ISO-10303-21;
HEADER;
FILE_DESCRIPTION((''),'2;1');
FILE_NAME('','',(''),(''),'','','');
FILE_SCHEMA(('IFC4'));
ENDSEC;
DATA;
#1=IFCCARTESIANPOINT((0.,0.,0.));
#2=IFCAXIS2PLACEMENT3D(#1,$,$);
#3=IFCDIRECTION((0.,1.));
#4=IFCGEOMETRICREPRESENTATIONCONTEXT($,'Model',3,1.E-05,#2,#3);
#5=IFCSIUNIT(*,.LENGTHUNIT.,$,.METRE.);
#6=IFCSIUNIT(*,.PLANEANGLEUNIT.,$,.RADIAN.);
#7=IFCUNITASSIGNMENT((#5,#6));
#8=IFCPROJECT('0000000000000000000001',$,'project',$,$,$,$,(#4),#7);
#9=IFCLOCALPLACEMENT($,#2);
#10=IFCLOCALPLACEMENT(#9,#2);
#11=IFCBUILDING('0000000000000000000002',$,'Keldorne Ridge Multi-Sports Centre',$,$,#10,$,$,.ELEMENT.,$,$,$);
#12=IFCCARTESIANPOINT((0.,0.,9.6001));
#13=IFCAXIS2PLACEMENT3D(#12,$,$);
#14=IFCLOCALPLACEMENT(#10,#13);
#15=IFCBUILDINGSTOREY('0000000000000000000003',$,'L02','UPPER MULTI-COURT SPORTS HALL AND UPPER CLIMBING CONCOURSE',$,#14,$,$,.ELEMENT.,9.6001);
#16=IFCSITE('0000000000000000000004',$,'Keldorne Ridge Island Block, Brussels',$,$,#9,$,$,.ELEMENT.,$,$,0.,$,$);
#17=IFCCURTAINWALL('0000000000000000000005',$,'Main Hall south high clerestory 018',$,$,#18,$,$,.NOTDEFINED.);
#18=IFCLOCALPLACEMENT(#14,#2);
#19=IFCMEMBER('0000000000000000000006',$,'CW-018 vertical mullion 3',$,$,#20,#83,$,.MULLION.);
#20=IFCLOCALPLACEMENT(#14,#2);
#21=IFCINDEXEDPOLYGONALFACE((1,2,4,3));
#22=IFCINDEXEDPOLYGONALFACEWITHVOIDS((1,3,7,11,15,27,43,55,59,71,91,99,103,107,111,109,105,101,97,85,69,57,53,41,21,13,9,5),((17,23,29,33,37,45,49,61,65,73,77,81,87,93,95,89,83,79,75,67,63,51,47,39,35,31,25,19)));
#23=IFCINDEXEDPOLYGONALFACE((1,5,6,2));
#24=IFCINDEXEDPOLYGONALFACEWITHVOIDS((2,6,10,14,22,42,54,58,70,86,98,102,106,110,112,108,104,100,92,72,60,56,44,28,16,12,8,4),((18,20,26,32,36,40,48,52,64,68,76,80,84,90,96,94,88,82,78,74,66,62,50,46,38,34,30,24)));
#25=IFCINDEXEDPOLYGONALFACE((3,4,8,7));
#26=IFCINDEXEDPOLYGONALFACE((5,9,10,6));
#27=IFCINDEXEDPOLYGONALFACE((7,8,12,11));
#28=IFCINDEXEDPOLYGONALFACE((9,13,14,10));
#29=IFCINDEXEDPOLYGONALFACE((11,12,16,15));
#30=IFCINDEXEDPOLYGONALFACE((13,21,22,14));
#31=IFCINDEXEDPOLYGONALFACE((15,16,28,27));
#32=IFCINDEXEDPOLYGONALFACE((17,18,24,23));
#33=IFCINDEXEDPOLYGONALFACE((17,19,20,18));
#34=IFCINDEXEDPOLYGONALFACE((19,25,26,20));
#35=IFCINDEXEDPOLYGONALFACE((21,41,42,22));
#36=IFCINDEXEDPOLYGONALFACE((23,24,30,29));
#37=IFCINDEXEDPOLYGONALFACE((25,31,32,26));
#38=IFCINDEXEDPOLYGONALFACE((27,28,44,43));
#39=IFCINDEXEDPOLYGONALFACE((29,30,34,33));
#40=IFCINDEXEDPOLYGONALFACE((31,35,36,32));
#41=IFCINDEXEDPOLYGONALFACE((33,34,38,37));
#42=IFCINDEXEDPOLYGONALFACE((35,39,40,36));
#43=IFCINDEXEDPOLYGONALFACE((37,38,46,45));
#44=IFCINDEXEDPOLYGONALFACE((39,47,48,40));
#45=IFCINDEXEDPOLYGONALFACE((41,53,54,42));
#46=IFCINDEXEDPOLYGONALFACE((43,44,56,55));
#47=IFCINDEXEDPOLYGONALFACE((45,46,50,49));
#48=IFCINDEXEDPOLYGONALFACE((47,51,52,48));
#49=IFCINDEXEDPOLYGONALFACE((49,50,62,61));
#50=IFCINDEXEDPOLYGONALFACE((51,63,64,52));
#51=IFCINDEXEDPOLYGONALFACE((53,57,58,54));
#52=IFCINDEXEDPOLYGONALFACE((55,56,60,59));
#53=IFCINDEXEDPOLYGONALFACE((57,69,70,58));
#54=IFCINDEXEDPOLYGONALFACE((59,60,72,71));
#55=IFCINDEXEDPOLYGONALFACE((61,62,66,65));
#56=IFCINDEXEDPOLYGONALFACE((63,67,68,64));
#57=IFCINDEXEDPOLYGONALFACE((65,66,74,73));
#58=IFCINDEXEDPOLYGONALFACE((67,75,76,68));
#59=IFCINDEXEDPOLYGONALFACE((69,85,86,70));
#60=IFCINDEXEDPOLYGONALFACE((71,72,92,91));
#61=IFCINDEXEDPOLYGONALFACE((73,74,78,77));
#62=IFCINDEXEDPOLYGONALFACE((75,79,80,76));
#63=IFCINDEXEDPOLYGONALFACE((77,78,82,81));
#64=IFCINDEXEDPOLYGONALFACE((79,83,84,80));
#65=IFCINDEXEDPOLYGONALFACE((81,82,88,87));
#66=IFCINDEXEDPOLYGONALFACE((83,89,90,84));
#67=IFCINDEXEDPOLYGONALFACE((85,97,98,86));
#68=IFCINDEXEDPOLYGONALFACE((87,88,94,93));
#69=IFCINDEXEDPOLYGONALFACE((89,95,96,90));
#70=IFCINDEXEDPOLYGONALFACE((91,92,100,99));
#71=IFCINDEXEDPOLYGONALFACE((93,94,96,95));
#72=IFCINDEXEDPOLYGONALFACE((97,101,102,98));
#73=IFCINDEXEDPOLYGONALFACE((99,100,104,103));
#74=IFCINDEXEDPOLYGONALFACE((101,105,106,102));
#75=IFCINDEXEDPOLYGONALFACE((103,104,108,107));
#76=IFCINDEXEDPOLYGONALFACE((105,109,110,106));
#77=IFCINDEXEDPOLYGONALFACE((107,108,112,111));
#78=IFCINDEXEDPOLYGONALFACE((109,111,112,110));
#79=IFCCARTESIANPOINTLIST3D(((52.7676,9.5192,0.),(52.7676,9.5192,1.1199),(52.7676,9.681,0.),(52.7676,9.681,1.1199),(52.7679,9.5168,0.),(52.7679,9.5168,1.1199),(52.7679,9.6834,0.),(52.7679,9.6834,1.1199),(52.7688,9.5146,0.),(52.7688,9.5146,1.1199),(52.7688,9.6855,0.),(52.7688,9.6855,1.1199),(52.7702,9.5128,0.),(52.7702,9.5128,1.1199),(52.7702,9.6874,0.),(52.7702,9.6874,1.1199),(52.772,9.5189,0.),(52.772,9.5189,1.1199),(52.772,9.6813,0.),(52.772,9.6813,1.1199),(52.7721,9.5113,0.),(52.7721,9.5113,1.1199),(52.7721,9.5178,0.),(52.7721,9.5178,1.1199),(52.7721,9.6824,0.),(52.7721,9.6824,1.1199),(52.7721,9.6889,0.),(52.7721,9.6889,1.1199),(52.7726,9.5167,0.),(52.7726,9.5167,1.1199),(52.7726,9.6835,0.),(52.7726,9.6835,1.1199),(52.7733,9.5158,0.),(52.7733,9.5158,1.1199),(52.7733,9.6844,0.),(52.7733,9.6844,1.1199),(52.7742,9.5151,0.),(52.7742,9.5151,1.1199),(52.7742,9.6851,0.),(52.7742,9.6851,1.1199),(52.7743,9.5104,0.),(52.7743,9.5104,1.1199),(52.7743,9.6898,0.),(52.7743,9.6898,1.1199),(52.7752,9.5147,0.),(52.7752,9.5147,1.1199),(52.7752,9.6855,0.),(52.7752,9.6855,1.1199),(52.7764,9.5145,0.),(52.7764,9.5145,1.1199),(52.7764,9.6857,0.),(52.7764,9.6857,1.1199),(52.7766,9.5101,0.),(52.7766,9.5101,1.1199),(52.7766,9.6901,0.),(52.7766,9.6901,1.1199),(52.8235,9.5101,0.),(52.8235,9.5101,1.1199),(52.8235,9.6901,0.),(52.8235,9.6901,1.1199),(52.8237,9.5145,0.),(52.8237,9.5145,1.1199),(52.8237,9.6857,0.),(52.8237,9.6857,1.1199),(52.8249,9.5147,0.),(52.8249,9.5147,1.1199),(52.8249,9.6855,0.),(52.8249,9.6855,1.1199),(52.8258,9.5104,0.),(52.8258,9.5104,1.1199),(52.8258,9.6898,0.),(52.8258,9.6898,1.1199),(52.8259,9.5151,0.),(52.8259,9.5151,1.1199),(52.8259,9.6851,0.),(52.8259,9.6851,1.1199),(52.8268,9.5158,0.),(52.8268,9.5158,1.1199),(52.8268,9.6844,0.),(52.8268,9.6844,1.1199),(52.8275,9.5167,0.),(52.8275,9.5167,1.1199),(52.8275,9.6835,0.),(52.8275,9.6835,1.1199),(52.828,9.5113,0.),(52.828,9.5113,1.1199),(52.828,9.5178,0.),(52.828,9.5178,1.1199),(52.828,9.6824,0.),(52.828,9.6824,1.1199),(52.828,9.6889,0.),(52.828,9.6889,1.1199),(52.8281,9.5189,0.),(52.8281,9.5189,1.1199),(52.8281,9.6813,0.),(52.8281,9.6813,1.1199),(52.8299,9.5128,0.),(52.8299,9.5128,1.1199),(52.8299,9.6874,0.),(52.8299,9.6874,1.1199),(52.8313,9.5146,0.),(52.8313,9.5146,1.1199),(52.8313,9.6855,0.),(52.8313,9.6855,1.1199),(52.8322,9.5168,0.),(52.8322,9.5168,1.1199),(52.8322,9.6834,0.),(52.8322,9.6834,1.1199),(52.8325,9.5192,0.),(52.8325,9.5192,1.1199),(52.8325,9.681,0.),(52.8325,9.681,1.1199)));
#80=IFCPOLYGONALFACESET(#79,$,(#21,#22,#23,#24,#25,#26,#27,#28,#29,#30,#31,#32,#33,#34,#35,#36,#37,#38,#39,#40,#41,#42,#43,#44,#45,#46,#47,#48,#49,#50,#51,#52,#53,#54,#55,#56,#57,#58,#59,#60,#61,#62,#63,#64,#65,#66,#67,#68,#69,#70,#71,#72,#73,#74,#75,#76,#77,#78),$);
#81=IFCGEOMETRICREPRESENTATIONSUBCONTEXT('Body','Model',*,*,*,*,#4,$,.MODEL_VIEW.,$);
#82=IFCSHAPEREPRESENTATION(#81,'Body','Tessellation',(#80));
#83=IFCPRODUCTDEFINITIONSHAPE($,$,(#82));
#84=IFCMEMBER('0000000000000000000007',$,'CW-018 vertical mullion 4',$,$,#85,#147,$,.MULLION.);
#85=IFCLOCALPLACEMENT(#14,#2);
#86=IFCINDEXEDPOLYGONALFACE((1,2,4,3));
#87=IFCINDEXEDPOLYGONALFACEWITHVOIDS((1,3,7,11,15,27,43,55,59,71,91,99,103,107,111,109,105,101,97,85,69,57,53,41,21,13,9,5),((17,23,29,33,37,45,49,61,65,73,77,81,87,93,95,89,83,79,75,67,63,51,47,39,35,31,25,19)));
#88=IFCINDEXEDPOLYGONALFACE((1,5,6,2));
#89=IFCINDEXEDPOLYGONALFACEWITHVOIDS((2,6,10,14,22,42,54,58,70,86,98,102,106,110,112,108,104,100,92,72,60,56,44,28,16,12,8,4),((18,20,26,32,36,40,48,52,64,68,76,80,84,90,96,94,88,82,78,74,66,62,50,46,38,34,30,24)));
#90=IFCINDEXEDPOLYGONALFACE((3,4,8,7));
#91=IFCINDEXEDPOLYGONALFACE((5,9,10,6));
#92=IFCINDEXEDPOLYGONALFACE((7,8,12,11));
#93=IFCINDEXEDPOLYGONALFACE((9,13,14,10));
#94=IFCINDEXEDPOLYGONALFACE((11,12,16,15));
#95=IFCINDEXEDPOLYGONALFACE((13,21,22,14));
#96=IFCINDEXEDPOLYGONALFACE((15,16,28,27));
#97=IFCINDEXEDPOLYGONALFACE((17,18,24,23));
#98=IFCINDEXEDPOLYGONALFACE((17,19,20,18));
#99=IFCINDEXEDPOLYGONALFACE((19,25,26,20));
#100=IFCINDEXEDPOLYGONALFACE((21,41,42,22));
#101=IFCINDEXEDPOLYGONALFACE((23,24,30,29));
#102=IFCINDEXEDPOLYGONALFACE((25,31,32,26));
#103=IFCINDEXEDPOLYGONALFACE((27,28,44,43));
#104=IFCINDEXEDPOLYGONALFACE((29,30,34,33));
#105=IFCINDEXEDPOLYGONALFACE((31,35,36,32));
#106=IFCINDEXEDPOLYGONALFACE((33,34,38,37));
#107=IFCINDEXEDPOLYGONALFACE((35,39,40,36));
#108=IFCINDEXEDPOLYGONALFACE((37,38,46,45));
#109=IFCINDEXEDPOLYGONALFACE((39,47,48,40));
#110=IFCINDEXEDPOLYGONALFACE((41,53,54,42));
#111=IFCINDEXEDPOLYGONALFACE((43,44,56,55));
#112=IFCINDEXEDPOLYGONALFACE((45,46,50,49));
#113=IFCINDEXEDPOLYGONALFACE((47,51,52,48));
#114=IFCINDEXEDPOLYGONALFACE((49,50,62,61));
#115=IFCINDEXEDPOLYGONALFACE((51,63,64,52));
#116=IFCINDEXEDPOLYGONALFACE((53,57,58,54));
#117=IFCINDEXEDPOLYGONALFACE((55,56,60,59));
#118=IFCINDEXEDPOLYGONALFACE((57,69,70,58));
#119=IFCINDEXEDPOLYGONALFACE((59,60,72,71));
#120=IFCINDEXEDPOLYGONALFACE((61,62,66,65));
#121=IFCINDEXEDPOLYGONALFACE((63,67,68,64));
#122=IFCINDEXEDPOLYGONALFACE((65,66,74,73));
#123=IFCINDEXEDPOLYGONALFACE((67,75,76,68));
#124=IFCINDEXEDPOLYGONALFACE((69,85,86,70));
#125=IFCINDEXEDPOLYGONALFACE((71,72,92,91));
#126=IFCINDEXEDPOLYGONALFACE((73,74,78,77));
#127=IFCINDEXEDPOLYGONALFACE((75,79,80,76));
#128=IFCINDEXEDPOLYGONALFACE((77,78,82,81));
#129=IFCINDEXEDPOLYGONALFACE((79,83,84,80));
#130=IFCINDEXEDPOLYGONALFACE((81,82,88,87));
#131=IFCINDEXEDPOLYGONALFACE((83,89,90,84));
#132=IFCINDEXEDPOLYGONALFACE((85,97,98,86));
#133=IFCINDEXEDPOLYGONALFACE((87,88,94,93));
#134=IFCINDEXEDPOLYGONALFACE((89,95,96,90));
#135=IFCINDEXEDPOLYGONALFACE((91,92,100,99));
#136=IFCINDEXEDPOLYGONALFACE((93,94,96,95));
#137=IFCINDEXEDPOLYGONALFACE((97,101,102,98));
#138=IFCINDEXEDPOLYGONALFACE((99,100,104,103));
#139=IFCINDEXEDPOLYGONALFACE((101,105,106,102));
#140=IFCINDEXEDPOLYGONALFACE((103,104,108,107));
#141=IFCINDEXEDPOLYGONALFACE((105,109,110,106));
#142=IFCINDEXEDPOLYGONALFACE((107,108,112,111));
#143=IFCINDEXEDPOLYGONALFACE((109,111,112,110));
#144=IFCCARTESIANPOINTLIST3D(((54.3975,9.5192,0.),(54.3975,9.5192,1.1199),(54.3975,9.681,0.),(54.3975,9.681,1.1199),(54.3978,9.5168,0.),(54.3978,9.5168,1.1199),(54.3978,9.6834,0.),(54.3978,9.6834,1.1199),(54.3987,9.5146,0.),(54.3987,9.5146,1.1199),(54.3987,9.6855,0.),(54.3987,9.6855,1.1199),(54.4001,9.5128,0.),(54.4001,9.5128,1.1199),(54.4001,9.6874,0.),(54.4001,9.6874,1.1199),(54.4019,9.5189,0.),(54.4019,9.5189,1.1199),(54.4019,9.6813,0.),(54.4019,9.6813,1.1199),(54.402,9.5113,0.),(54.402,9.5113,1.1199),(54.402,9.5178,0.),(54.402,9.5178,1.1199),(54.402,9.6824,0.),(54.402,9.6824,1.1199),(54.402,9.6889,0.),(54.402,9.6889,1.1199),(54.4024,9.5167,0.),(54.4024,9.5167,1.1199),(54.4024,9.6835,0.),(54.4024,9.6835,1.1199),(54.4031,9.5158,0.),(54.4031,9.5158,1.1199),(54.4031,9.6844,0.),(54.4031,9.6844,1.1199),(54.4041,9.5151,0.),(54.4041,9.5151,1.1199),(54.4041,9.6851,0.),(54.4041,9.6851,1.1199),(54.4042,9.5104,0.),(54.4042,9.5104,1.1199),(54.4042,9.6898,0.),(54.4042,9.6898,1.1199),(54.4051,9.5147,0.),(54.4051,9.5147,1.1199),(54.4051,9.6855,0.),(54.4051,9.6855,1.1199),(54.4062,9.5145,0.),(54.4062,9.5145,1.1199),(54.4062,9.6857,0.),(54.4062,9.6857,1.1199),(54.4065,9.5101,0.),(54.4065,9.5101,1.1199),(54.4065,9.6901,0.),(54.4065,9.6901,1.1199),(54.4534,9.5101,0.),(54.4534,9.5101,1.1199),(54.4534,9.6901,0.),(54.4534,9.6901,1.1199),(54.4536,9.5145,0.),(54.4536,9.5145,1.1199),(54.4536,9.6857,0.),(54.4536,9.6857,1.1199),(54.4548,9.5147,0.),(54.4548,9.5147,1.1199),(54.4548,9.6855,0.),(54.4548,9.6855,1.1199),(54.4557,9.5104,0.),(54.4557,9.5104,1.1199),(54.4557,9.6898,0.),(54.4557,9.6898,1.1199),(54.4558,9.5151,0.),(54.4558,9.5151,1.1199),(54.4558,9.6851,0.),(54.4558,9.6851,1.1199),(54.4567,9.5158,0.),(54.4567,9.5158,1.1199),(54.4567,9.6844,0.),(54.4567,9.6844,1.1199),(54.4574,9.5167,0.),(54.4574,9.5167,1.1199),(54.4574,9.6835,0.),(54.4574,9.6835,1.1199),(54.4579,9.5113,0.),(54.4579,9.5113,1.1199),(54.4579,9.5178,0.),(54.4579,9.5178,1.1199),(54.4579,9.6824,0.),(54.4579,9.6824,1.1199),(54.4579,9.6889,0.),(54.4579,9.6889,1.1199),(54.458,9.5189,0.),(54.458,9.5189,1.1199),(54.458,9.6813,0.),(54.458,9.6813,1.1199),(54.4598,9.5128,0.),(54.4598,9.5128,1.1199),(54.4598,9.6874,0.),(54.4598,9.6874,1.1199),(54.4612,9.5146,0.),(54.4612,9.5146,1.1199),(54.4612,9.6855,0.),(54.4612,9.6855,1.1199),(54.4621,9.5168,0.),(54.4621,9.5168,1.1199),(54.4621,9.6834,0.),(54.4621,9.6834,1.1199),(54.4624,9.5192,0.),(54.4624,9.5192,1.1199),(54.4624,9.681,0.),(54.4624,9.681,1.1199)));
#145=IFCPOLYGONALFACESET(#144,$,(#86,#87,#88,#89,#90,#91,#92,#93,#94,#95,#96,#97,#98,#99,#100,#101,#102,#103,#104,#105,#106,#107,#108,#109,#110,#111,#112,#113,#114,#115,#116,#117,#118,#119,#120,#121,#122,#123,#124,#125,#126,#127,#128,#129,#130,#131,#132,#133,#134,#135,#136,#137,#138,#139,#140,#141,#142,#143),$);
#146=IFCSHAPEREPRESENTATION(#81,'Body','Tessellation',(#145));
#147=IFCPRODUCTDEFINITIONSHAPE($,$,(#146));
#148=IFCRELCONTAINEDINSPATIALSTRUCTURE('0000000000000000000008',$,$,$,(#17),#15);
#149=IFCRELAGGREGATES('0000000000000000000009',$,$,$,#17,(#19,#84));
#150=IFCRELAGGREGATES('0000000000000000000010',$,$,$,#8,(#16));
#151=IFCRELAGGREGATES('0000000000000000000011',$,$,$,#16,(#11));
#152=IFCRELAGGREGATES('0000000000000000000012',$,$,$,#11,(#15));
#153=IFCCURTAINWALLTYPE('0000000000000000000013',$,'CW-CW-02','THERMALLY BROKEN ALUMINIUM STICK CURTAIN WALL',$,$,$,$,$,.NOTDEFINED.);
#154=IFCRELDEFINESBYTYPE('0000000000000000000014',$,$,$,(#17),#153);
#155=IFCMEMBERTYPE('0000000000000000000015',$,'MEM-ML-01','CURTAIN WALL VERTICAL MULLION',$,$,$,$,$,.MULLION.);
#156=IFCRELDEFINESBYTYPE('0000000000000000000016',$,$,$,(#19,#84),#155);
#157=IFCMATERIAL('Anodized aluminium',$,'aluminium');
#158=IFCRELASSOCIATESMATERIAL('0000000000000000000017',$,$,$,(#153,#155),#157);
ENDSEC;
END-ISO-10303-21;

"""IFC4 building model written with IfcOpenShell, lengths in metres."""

from ifc_helpers import new_model, si_unit, direction, frame, origin, origin_2d, place, context, subcontext, project, spatial, hollow_rectangle, extrude, material, material_profile, profile_set, type_object, element, aggregate, save


model = new_model("IFC4")

# Units and contexts
model_context = context("Model", 3, precision=1e-05, world=origin(), true_north=direction((0.0, 1.0)))
body_context = subcontext(model_context, "Body", "Model", "MODEL_VIEW")
ifc_project = project(units=[si_unit("LENGTHUNIT", "METRE"), si_unit("PLANEANGLEUNIT", "RADIAN")], contexts=[model_context])

# Site, building, storey
site_placement = place(None, origin())
site = spatial("IfcSite", under=ifc_project, at=site_placement, Name="Keldorne Ridge Island Block, Brussels", CompositionType="ELEMENT", RefElevation=0.0)
building_placement = place(site_placement, origin())
building = spatial("IfcBuilding", under=site, at=building_placement, Name="Keldorne Ridge Multi-Sports Centre", CompositionType="ELEMENT")
storey_placement = place(building_placement, frame((0.0, 0.0, 9.6001)))
storey = spatial("IfcBuildingStorey", under=building, at=storey_placement, Name="L02", Description="UPPER MULTI-COURT SPORTS HALL AND UPPER CLIMBING CONCOURSE", CompositionType="ELEMENT", Elevation=9.6001)

# Curtain wall, members
ifc_material_1 = material(Name="Anodized aluminium", Category="aluminium")
curtain_wall_type = type_object("IfcCurtainWallType", Name="CW-CW-02", Description="THERMALLY BROKEN ALUMINIUM STICK CURTAIN WALL", PredefinedType="NOTDEFINED", material=ifc_material_1)
curtain_wall_placement = place(storey_placement, origin())
curtain_wall = element("IfcCurtainWall", 1, at=curtain_wall_placement, inside=storey, type_object=curtain_wall_type, Name="Main Hall south high clerestory 018", PredefinedType="NOTDEFINED")
ifc_material_profile_1 = material_profile(ifc_material_1, hollow_rectangle(XDim=0.0649, YDim=0.1799, WallThickness=0.0044, InnerFilletRadius=0.0044, OuterFilletRadius=0.009, at=origin_2d()), Name="ALU MULLION 180x65x4.5")
ifc_profile_set_1 = profile_set([ifc_material_profile_1], Name="Anodized aluminium")
member_type_1 = type_object("IfcMemberType", Name="MEM-ML-01", Description="CURTAIN WALL VERTICAL MULLION", PredefinedType="MULLION", material=ifc_profile_set_1)
member_1_placement = place(storey_placement, frame((52.8, 9.6001, 0.0), z_axis=(0.0, 0.0, 1.0), x_axis=(1.0, 0.0, 0.0)))
member_1 = element("IfcMember", 2, at=member_1_placement, type_object=member_type_1, Name="CW-018 vertical mullion 3", PredefinedType="MULLION", context=body_context, shape_type="SweptSolid", body=[
    extrude(hollow_rectangle(XDim=0.0649, YDim=0.1799, WallThickness=0.0044, InnerFilletRadius=0.0044, OuterFilletRadius=0.009, at=origin_2d()), origin(), (0.0, 0.0, 1.0), 1.1199),
])
member_2_placement = place(storey_placement, frame((54.4299, 9.6001, 0.0), z_axis=(0.0, 0.0, 1.0), x_axis=(1.0, 0.0, 0.0)))
member_2 = element("IfcMember", 3, at=member_2_placement, type_object=member_type_1, Name="CW-018 vertical mullion 4", PredefinedType="MULLION", context=body_context, shape_type="SweptSolid", body=[
    extrude(hollow_rectangle(XDim=0.0649, YDim=0.1799, WallThickness=0.0044, InnerFilletRadius=0.0044, OuterFilletRadius=0.009, at=origin_2d()), origin(), (0.0, 0.0, 1.0), 1.1199),
])
aggregate(curtain_wall, [member_1, member_2])

save(model, "model.ifc")
